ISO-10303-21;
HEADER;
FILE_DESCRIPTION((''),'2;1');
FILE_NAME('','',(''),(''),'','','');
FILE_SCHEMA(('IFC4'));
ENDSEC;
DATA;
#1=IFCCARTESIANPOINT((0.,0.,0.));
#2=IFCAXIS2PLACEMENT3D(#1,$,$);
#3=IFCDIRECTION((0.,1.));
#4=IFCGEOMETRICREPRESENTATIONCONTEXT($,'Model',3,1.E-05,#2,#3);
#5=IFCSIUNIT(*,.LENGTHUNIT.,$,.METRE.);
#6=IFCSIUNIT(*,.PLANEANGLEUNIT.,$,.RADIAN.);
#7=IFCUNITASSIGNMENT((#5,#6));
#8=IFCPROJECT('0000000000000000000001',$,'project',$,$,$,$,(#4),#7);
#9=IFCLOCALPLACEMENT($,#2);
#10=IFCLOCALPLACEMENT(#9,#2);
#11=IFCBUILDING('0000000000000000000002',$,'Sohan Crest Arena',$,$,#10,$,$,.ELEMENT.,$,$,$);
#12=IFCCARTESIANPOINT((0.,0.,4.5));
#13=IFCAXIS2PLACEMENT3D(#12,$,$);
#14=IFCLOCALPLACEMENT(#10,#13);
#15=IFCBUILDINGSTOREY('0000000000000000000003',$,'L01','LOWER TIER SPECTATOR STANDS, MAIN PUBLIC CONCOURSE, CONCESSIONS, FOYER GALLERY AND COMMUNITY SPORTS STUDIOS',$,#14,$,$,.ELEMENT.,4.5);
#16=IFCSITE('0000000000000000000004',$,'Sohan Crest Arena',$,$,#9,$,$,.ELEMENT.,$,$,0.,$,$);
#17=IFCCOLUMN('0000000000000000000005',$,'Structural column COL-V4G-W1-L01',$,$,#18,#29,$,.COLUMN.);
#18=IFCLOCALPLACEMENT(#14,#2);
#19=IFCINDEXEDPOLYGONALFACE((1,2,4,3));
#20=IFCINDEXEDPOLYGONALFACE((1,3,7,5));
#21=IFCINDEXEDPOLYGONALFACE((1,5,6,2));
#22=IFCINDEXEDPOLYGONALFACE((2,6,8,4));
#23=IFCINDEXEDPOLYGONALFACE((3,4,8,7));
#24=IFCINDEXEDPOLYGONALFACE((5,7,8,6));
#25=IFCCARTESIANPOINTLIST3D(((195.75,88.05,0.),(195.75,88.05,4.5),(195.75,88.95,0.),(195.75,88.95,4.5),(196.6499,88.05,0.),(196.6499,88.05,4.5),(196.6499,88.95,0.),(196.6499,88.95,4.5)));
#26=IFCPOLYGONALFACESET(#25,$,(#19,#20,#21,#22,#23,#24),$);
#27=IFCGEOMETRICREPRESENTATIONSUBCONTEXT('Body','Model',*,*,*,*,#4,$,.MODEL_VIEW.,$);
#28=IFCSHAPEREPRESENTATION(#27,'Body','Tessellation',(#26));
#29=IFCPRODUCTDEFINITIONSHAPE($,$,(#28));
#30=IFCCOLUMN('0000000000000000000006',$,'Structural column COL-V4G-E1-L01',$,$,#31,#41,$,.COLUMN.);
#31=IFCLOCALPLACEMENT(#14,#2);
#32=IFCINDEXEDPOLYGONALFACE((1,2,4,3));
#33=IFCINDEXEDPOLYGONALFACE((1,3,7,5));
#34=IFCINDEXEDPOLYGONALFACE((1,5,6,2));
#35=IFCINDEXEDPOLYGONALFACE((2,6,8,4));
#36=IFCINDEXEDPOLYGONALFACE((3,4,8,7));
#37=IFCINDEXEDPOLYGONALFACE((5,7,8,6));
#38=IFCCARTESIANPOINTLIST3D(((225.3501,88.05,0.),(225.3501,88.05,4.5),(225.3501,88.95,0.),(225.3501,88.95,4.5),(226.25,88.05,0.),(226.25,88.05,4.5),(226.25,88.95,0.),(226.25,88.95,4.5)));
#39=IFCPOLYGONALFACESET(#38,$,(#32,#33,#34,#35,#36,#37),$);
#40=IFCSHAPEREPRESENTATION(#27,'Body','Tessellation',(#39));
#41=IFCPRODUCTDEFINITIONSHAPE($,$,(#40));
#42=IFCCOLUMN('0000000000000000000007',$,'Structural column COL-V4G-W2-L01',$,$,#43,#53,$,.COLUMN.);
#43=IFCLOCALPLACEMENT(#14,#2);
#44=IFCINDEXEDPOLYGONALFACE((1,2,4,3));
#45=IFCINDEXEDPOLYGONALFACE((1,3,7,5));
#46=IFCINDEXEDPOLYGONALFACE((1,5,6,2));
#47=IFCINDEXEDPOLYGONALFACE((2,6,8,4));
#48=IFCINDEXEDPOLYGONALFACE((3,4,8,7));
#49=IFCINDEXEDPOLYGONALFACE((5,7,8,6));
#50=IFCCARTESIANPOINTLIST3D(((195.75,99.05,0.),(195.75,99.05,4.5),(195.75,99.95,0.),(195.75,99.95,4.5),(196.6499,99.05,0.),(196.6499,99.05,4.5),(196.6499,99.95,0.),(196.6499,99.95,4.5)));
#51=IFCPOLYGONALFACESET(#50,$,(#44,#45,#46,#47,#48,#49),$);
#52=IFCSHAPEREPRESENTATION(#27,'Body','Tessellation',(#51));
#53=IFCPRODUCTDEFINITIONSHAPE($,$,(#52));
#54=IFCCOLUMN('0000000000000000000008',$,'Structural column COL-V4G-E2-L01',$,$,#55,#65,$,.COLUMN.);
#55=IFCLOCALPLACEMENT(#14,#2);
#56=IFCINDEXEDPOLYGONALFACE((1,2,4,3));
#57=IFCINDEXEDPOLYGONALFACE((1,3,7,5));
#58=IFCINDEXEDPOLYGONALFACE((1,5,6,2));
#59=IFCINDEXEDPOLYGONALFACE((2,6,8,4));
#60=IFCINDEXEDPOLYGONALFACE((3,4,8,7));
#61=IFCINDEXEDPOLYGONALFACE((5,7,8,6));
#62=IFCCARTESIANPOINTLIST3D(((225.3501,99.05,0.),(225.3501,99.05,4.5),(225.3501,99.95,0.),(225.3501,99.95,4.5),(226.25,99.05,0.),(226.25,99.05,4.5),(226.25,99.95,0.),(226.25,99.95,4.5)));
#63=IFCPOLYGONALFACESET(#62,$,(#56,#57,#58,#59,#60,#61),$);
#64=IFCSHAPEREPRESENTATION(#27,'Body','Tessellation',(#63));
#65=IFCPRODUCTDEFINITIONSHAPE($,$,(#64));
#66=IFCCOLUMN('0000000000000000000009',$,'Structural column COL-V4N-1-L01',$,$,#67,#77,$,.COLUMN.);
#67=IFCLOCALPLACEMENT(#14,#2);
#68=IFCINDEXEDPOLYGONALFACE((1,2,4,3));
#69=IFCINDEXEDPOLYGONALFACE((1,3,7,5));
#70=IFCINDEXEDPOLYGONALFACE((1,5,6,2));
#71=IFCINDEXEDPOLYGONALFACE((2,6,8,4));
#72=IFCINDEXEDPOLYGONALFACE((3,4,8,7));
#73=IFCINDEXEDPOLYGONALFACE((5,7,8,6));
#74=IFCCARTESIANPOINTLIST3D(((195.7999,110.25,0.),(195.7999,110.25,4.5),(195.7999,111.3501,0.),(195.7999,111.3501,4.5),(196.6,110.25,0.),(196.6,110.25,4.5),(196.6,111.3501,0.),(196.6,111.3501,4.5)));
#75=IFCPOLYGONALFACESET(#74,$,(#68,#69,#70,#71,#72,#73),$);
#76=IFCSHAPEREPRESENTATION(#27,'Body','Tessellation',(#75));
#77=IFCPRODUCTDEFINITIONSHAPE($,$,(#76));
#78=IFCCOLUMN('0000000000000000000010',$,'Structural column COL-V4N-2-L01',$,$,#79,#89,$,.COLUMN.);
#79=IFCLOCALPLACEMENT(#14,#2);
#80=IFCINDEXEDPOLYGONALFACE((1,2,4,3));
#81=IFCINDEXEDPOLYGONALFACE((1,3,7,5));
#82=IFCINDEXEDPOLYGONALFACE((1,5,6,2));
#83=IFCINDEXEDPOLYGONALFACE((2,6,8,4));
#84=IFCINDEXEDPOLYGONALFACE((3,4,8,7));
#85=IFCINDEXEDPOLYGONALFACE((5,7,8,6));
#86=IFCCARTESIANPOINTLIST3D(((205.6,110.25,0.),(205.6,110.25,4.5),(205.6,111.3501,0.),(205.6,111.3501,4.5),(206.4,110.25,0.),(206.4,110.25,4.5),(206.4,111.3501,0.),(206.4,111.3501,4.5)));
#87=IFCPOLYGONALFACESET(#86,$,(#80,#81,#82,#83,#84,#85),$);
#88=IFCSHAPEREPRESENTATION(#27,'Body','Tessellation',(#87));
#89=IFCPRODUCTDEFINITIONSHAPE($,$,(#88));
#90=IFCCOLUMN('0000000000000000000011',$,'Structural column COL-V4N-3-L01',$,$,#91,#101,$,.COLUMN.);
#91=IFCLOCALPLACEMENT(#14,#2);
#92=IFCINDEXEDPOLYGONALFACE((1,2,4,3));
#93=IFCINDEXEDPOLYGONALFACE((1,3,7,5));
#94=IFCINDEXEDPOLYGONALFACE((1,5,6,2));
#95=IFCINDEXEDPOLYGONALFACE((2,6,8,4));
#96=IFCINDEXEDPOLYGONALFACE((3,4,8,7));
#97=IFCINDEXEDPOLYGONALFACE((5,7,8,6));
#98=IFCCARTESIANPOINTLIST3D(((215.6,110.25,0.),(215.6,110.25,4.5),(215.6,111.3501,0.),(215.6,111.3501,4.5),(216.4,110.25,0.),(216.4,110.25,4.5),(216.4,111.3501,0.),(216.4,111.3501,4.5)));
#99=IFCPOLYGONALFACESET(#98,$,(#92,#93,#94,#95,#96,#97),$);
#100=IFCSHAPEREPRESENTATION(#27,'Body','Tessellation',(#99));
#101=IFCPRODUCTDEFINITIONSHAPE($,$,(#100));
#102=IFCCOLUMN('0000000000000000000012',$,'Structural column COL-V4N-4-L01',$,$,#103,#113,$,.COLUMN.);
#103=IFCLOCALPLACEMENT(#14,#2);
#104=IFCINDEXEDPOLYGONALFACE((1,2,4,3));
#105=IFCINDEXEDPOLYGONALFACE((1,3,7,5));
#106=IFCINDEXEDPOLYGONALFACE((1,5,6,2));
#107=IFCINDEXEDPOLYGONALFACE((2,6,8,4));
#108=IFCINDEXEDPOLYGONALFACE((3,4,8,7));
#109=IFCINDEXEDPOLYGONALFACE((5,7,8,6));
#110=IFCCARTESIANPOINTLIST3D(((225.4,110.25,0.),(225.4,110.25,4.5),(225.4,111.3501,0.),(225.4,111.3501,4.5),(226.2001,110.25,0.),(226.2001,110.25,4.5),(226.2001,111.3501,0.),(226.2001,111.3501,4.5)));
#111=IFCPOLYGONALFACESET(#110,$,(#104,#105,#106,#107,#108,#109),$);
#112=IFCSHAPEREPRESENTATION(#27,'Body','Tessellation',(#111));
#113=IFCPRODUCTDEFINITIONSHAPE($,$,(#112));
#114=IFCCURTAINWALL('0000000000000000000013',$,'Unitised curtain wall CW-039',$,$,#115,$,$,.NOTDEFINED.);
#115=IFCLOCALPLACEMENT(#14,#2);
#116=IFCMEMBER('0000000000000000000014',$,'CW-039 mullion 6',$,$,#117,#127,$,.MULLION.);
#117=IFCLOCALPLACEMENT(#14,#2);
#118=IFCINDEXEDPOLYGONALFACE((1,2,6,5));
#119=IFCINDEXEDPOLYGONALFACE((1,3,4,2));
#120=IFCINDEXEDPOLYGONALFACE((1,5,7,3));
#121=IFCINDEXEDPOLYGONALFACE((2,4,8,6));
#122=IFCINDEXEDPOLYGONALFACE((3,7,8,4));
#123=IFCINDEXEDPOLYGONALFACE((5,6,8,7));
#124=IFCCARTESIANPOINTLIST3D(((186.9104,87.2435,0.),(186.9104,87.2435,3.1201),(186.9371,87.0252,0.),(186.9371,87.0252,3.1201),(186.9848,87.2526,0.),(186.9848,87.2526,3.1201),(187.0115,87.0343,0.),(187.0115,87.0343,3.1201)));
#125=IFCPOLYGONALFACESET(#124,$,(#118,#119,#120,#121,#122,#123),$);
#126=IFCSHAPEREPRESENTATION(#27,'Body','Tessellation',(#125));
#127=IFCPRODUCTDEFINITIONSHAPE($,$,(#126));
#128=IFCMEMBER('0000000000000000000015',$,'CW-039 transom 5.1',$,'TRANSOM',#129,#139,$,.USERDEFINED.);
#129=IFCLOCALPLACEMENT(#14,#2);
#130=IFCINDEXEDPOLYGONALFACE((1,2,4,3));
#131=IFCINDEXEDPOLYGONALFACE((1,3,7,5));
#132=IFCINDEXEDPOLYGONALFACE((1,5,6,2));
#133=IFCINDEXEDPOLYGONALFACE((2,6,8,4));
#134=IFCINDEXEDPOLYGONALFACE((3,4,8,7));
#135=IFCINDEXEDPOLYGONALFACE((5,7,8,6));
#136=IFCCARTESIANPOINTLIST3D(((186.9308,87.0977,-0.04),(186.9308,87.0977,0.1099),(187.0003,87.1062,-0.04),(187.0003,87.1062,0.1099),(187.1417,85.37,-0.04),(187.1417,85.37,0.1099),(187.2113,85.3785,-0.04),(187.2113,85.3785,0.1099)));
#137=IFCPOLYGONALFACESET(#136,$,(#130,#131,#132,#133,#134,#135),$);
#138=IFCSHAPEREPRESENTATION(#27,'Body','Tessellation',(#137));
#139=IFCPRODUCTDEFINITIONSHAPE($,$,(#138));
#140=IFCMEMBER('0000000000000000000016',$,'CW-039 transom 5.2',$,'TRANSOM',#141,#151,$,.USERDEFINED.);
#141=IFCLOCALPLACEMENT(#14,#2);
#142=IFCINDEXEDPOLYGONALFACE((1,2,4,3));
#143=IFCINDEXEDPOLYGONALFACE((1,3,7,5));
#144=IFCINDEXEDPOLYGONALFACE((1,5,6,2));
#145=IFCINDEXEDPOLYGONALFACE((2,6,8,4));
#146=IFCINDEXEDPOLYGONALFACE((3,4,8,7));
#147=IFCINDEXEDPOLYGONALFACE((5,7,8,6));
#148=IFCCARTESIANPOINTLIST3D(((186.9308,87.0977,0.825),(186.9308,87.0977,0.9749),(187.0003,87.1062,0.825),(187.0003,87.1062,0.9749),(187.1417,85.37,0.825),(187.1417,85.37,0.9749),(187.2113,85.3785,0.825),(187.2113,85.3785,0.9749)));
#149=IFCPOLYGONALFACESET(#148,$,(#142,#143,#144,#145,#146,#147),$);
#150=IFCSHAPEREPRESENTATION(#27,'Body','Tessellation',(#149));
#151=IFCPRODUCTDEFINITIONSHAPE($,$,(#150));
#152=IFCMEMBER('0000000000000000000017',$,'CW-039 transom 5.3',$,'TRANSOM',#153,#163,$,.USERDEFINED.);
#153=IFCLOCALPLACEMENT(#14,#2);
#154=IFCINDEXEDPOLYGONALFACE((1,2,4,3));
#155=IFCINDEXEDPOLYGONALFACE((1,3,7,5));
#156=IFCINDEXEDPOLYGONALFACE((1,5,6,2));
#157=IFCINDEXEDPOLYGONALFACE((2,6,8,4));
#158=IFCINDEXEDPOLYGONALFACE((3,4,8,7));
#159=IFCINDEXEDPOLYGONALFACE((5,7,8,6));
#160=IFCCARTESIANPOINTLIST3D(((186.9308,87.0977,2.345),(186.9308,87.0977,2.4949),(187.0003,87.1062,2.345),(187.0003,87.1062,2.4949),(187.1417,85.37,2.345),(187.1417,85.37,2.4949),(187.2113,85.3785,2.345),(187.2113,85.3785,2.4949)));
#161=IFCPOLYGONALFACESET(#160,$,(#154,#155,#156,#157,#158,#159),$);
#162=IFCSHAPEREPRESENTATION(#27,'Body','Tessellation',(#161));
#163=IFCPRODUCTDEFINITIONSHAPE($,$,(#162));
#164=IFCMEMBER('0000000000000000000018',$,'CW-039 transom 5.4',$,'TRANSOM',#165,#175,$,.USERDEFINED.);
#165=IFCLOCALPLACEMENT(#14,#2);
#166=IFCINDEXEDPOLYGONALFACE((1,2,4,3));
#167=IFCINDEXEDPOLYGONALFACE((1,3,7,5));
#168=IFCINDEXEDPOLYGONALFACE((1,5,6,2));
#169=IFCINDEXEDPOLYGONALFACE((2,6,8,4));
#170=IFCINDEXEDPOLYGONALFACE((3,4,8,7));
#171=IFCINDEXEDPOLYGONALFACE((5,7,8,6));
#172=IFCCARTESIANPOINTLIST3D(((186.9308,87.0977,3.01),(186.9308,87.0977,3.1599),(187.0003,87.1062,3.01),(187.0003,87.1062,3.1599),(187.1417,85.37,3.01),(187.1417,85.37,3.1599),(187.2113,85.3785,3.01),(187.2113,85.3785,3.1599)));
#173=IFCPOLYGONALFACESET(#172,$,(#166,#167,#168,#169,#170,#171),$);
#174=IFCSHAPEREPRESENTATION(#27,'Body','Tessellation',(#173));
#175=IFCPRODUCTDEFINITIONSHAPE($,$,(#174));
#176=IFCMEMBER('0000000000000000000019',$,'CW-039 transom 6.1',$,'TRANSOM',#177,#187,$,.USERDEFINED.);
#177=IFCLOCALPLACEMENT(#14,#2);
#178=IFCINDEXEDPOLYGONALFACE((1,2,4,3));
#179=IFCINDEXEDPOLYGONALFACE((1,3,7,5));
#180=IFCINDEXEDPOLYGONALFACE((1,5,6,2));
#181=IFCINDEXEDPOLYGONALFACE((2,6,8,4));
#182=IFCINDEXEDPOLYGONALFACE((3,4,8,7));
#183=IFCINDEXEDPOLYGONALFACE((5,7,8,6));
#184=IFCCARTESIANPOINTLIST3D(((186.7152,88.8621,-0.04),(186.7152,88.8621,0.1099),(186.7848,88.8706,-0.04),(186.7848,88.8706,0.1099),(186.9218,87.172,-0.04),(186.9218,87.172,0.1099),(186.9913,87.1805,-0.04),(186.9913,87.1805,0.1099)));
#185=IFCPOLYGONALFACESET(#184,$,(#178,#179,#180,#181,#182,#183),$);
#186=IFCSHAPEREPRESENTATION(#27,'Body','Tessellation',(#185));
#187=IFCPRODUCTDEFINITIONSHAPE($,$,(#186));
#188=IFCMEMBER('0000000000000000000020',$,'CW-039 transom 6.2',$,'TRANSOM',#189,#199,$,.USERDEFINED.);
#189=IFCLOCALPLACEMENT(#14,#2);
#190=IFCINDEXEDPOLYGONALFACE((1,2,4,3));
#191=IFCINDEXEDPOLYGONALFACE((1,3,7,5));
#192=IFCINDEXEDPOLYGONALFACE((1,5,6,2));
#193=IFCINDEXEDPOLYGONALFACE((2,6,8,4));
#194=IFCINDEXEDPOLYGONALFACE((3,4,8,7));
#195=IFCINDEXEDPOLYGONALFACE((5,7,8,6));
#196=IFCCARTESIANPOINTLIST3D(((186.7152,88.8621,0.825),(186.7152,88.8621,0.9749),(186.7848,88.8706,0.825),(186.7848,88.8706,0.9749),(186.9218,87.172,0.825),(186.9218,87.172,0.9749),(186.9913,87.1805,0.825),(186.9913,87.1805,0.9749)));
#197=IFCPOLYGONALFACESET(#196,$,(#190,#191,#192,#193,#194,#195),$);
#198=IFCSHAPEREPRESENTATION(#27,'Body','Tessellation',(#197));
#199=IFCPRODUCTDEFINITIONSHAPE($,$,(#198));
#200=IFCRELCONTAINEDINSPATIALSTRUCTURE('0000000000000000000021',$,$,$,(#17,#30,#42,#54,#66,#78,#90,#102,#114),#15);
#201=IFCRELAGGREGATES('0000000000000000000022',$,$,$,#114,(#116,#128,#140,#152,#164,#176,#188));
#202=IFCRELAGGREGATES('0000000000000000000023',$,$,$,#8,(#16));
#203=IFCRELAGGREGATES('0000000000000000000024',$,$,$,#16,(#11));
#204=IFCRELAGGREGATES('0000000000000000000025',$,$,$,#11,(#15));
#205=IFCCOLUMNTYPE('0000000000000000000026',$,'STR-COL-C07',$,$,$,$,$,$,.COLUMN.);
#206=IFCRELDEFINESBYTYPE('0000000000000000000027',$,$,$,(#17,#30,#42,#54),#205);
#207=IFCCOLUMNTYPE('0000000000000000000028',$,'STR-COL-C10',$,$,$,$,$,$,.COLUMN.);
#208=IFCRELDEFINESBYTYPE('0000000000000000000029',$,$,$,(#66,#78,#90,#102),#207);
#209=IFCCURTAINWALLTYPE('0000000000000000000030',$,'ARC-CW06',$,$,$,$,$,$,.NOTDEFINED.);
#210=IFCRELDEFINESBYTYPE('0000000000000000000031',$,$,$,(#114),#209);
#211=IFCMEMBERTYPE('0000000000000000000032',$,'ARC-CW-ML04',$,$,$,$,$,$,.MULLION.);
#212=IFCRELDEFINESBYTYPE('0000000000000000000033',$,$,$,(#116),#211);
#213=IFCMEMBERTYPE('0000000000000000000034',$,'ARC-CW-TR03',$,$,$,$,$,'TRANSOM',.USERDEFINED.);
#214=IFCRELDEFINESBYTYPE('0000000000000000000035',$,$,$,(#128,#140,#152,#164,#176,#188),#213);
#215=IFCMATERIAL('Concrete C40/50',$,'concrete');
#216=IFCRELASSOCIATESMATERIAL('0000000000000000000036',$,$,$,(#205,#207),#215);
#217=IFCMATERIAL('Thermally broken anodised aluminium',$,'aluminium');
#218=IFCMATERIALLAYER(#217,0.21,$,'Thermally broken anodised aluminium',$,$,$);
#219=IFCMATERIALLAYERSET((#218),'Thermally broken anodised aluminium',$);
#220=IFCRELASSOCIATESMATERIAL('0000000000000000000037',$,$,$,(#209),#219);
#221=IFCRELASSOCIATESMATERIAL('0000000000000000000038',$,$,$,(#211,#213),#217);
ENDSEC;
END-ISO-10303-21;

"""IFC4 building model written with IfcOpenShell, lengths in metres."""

from ifc_helpers import new_model, si_unit, direction, frame, origin, origin_2d, place, context, subcontext, project, spatial, rectangle, extrude, material, layer, layer_set, material_profile, profile_set, type_object, element, aggregate, save


model = new_model("IFC4")

# Units and contexts
model_context = context("Model", 3, precision=1e-05, world=origin(), true_north=direction((0.0, 1.0)))
body_context = subcontext(model_context, "Body", "Model", "MODEL_VIEW")
ifc_project = project(units=[si_unit("LENGTHUNIT", "METRE"), si_unit("PLANEANGLEUNIT", "RADIAN")], contexts=[model_context])

# Site, building, storey
site_placement = place(None, origin())
site = spatial("IfcSite", under=ifc_project, at=site_placement, Name="Sohan Crest Arena", CompositionType="ELEMENT", RefElevation=0.0)
building_placement = place(site_placement, origin())
building = spatial("IfcBuilding", under=site, at=building_placement, Name="Sohan Crest Arena", CompositionType="ELEMENT")
storey_placement = place(building_placement, frame((0.0, 0.0, 4.5)))
storey = spatial("IfcBuildingStorey", under=building, at=storey_placement, Name="L01", Description="LOWER TIER SPECTATOR STANDS, MAIN PUBLIC CONCOURSE, CONCESSIONS, FOYER GALLERY AND COMMUNITY SPORTS STUDIOS", CompositionType="ELEMENT", Elevation=4.5)

# Columns
ifc_material_1 = material(Name="Concrete C40/50", Category="concrete")
ifc_material_profile_1 = material_profile(ifc_material_1, rectangle(XDim=0.8999, YDim=0.8999, at=origin_2d()), Name="RC 900x900")
ifc_profile_set_1 = profile_set([ifc_material_profile_1], Name="Concrete C40/50")
column_type_1 = type_object("IfcColumnType", Name="STR-COL-C07", PredefinedType="COLUMN", material=ifc_profile_set_1)
for number, where, z_axis, x_axis, name in (
    (1, (196.2, 88.5, 0.0), (0.0, 0.0, 1.0), (1.0, 0.0, 0.0), "Structural column COL-V4G-W1-L01"),
    (2, (225.8, 88.5, 0.0), (0.0, 0.0, 1.0), (1.0, 0.0, 0.0), "Structural column COL-V4G-E1-L01"),
    (3, (196.2, 99.5, 0.0), (0.0, 0.0, 1.0), (1.0, 0.0, 0.0), "Structural column COL-V4G-W2-L01"),
    (4, (225.8, 99.5, 0.0), (0.0, 0.0, 1.0), (1.0, 0.0, 0.0), "Structural column COL-V4G-E2-L01"),
):
    element("IfcColumn", number, at=place(storey_placement, frame(where, z_axis=z_axis, x_axis=x_axis)), inside=storey, type_object=column_type_1, Name=name, PredefinedType="COLUMN", context=body_context, shape_type="SweptSolid", body=[
        extrude(rectangle(XDim=0.8999, YDim=0.8999, at=origin_2d()), origin(), (0.0, 0.0, 1.0), 4.5),
    ])
ifc_material_profile_2 = material_profile(ifc_material_1, rectangle(XDim=1.1001, YDim=0.8, at=origin_2d()), Name="RC 1100x800")
ifc_profile_set_2 = profile_set([ifc_material_profile_2], Name="Concrete C40/50")
column_type_2 = type_object("IfcColumnType", Name="STR-COL-C10", PredefinedType="COLUMN", material=ifc_profile_set_2)
for number, where, z_axis, x_axis, name in (
    (5, (196.2, 110.8, 0.0), (0.0, 0.0, 1.0), (0.0, 1.0, 0.0), "Structural column COL-V4N-1-L01"),
    (6, (206.0, 110.8, 0.0), (0.0, 0.0, 1.0), (0.0, 1.0, 0.0), "Structural column COL-V4N-2-L01"),
    (7, (216.0, 110.8, 0.0), (0.0, 0.0, 1.0), (0.0, 1.0, 0.0), "Structural column COL-V4N-3-L01"),
    (8, (225.8, 110.8, 0.0), (0.0, 0.0, 1.0), (0.0, 1.0, 0.0), "Structural column COL-V4N-4-L01"),
):
    element("IfcColumn", number, at=place(storey_placement, frame(where, z_axis=z_axis, x_axis=x_axis)), inside=storey, type_object=column_type_2, Name=name, PredefinedType="COLUMN", context=body_context, shape_type="SweptSolid", body=[
        extrude(rectangle(XDim=1.1001, YDim=0.8, at=origin_2d()), origin(), (0.0, 0.0, 1.0), 4.5),
    ])

# Curtain wall, members
ifc_material_2 = material(Name="Thermally broken anodised aluminium", Category="aluminium")
ifc_layer_1 = layer(ifc_material_2, 0.21, Name="Thermally broken anodised aluminium")
ifc_layer_set_1 = layer_set([ifc_layer_1], Name="Thermally broken anodised aluminium")
curtain_wall_type = type_object("IfcCurtainWallType", Name="ARC-CW06", PredefinedType="NOTDEFINED", material=ifc_layer_set_1)
curtain_wall_placement = place(storey_placement, origin())
curtain_wall = element("IfcCurtainWall", 9, at=curtain_wall_placement, inside=storey, type_object=curtain_wall_type, Name="Unitised curtain wall CW-039", PredefinedType="NOTDEFINED")
ifc_material_profile_3 = material_profile(ifc_material_2, rectangle(XDim=0.075, YDim=0.22, at=origin_2d()), Name="ALU-MULL 75x220")
ifc_profile_set_3 = profile_set([ifc_material_profile_3], Name="Thermally broken anodised aluminium")
member_type_1 = type_object("IfcMemberType", Name="ARC-CW-ML04", PredefinedType="MULLION", material=ifc_profile_set_3)
member_1_placement = place(storey_placement, frame((186.9609, 87.1389, 0.0), z_axis=(0.0, 0.0, 1.0), x_axis=(-0.99263, -0.121187, 0.0)))
member_1 = element("IfcMember", 10, at=member_1_placement, type_object=member_type_1, Name="CW-039 mullion 6", PredefinedType="MULLION", context=body_context, shape_type="SweptSolid", body=[
    extrude(rectangle(XDim=0.075, YDim=0.22, at=origin_2d()), origin(), (0.0, 0.0, 1.0), 3.1201),
])
ifc_material_profile_4 = material_profile(ifc_material_2, rectangle(XDim=0.0701, YDim=0.1499, at=origin_2d()), Name="ALU-TRAN 70x150")
ifc_profile_set_4 = profile_set([ifc_material_profile_4], Name="Thermally broken anodised aluminium")
member_type_2 = type_object("IfcMemberType", Name="ARC-CW-TR03", ElementType="TRANSOM", PredefinedType="USERDEFINED", material=ifc_profile_set_4)
member_2_placement = place(storey_placement, frame((187.1765, 85.3743, 0.0349), z_axis=(-0.121203, 0.992628, 0.0), x_axis=(-0.992628, -0.121203, 0.0)))
member_2 = element("IfcMember", 11, at=member_2_placement, type_object=member_type_2, Name="CW-039 transom 5.1", ObjectType="TRANSOM", PredefinedType="USERDEFINED", context=body_context, shape_type="SweptSolid", body=[
    extrude(rectangle(XDim=0.0701, YDim=0.1499, at=origin_2d()), origin(), (0.0, 0.0, 1.0), 1.7405),
])
member_3_placement = place(storey_placement, frame((187.1765, 85.3743, 0.8999), z_axis=(-0.121203, 0.992628, 0.0), x_axis=(-0.992628, -0.121203, 0.0)))
member_3 = element("IfcMember", 12, at=member_3_placement, type_object=member_type_2, Name="CW-039 transom 5.2", ObjectType="TRANSOM", PredefinedType="USERDEFINED", context=body_context, shape_type="SweptSolid", body=[
    extrude(rectangle(XDim=0.0701, YDim=0.1499, at=origin_2d()), origin(), (0.0, 0.0, 1.0), 1.7405),
])
member_4_placement = place(storey_placement, frame((187.1765, 85.3743, 2.4199), z_axis=(-0.121203, 0.992628, 0.0), x_axis=(-0.992628, -0.121203, 0.0)))
member_4 = element("IfcMember", 13, at=member_4_placement, type_object=member_type_2, Name="CW-039 transom 5.3", ObjectType="TRANSOM", PredefinedType="USERDEFINED", context=body_context, shape_type="SweptSolid", body=[
    extrude(rectangle(XDim=0.0701, YDim=0.1499, at=origin_2d()), origin(), (0.0, 0.0, 1.0), 1.7405),
])
member_5_placement = place(storey_placement, frame((187.1765, 85.3743, 3.085), z_axis=(-0.121203, 0.992628, 0.0), x_axis=(-0.992628, -0.121203, 0.0)))
member_5 = element("IfcMember", 14, at=member_5_placement, type_object=member_type_2, Name="CW-039 transom 5.4", ObjectType="TRANSOM", PredefinedType="USERDEFINED", context=body_context, shape_type="SweptSolid", body=[
    extrude(rectangle(XDim=0.0701, YDim=0.1499, at=origin_2d()), origin(), (0.0, 0.0, 1.0), 1.7405),
])
member_6_placement = place(storey_placement, frame((186.9565, 87.1763, 0.0349), z_axis=(-0.121299, 0.992616, 0.0), x_axis=(-0.992616, -0.121299, 0.0)))
member_6 = element("IfcMember", 15, at=member_6_placement, type_object=member_type_2, Name="CW-039 transom 6.1", ObjectType="TRANSOM", PredefinedType="USERDEFINED", context=body_context, shape_type="SweptSolid", body=[
    extrude(rectangle(XDim=0.0701, YDim=0.1499, at=origin_2d()), origin(), (0.0, 0.0, 1.0), 1.7026),
])
member_7_placement = place(storey_placement, frame((186.9565, 87.1763, 0.8999), z_axis=(-0.121299, 0.992616, 0.0), x_axis=(-0.992616, -0.121299, 0.0)))
member_7 = element("IfcMember", 16, at=member_7_placement, type_object=member_type_2, Name="CW-039 transom 6.2", ObjectType="TRANSOM", PredefinedType="USERDEFINED", context=body_context, shape_type="SweptSolid", body=[
    extrude(rectangle(XDim=0.0701, YDim=0.1499, at=origin_2d()), origin(), (0.0, 0.0, 1.0), 1.7026),
])
aggregate(curtain_wall, [member_1, member_2, member_3, member_4, member_5, member_6, member_7])

save(model, "model.ifc")
